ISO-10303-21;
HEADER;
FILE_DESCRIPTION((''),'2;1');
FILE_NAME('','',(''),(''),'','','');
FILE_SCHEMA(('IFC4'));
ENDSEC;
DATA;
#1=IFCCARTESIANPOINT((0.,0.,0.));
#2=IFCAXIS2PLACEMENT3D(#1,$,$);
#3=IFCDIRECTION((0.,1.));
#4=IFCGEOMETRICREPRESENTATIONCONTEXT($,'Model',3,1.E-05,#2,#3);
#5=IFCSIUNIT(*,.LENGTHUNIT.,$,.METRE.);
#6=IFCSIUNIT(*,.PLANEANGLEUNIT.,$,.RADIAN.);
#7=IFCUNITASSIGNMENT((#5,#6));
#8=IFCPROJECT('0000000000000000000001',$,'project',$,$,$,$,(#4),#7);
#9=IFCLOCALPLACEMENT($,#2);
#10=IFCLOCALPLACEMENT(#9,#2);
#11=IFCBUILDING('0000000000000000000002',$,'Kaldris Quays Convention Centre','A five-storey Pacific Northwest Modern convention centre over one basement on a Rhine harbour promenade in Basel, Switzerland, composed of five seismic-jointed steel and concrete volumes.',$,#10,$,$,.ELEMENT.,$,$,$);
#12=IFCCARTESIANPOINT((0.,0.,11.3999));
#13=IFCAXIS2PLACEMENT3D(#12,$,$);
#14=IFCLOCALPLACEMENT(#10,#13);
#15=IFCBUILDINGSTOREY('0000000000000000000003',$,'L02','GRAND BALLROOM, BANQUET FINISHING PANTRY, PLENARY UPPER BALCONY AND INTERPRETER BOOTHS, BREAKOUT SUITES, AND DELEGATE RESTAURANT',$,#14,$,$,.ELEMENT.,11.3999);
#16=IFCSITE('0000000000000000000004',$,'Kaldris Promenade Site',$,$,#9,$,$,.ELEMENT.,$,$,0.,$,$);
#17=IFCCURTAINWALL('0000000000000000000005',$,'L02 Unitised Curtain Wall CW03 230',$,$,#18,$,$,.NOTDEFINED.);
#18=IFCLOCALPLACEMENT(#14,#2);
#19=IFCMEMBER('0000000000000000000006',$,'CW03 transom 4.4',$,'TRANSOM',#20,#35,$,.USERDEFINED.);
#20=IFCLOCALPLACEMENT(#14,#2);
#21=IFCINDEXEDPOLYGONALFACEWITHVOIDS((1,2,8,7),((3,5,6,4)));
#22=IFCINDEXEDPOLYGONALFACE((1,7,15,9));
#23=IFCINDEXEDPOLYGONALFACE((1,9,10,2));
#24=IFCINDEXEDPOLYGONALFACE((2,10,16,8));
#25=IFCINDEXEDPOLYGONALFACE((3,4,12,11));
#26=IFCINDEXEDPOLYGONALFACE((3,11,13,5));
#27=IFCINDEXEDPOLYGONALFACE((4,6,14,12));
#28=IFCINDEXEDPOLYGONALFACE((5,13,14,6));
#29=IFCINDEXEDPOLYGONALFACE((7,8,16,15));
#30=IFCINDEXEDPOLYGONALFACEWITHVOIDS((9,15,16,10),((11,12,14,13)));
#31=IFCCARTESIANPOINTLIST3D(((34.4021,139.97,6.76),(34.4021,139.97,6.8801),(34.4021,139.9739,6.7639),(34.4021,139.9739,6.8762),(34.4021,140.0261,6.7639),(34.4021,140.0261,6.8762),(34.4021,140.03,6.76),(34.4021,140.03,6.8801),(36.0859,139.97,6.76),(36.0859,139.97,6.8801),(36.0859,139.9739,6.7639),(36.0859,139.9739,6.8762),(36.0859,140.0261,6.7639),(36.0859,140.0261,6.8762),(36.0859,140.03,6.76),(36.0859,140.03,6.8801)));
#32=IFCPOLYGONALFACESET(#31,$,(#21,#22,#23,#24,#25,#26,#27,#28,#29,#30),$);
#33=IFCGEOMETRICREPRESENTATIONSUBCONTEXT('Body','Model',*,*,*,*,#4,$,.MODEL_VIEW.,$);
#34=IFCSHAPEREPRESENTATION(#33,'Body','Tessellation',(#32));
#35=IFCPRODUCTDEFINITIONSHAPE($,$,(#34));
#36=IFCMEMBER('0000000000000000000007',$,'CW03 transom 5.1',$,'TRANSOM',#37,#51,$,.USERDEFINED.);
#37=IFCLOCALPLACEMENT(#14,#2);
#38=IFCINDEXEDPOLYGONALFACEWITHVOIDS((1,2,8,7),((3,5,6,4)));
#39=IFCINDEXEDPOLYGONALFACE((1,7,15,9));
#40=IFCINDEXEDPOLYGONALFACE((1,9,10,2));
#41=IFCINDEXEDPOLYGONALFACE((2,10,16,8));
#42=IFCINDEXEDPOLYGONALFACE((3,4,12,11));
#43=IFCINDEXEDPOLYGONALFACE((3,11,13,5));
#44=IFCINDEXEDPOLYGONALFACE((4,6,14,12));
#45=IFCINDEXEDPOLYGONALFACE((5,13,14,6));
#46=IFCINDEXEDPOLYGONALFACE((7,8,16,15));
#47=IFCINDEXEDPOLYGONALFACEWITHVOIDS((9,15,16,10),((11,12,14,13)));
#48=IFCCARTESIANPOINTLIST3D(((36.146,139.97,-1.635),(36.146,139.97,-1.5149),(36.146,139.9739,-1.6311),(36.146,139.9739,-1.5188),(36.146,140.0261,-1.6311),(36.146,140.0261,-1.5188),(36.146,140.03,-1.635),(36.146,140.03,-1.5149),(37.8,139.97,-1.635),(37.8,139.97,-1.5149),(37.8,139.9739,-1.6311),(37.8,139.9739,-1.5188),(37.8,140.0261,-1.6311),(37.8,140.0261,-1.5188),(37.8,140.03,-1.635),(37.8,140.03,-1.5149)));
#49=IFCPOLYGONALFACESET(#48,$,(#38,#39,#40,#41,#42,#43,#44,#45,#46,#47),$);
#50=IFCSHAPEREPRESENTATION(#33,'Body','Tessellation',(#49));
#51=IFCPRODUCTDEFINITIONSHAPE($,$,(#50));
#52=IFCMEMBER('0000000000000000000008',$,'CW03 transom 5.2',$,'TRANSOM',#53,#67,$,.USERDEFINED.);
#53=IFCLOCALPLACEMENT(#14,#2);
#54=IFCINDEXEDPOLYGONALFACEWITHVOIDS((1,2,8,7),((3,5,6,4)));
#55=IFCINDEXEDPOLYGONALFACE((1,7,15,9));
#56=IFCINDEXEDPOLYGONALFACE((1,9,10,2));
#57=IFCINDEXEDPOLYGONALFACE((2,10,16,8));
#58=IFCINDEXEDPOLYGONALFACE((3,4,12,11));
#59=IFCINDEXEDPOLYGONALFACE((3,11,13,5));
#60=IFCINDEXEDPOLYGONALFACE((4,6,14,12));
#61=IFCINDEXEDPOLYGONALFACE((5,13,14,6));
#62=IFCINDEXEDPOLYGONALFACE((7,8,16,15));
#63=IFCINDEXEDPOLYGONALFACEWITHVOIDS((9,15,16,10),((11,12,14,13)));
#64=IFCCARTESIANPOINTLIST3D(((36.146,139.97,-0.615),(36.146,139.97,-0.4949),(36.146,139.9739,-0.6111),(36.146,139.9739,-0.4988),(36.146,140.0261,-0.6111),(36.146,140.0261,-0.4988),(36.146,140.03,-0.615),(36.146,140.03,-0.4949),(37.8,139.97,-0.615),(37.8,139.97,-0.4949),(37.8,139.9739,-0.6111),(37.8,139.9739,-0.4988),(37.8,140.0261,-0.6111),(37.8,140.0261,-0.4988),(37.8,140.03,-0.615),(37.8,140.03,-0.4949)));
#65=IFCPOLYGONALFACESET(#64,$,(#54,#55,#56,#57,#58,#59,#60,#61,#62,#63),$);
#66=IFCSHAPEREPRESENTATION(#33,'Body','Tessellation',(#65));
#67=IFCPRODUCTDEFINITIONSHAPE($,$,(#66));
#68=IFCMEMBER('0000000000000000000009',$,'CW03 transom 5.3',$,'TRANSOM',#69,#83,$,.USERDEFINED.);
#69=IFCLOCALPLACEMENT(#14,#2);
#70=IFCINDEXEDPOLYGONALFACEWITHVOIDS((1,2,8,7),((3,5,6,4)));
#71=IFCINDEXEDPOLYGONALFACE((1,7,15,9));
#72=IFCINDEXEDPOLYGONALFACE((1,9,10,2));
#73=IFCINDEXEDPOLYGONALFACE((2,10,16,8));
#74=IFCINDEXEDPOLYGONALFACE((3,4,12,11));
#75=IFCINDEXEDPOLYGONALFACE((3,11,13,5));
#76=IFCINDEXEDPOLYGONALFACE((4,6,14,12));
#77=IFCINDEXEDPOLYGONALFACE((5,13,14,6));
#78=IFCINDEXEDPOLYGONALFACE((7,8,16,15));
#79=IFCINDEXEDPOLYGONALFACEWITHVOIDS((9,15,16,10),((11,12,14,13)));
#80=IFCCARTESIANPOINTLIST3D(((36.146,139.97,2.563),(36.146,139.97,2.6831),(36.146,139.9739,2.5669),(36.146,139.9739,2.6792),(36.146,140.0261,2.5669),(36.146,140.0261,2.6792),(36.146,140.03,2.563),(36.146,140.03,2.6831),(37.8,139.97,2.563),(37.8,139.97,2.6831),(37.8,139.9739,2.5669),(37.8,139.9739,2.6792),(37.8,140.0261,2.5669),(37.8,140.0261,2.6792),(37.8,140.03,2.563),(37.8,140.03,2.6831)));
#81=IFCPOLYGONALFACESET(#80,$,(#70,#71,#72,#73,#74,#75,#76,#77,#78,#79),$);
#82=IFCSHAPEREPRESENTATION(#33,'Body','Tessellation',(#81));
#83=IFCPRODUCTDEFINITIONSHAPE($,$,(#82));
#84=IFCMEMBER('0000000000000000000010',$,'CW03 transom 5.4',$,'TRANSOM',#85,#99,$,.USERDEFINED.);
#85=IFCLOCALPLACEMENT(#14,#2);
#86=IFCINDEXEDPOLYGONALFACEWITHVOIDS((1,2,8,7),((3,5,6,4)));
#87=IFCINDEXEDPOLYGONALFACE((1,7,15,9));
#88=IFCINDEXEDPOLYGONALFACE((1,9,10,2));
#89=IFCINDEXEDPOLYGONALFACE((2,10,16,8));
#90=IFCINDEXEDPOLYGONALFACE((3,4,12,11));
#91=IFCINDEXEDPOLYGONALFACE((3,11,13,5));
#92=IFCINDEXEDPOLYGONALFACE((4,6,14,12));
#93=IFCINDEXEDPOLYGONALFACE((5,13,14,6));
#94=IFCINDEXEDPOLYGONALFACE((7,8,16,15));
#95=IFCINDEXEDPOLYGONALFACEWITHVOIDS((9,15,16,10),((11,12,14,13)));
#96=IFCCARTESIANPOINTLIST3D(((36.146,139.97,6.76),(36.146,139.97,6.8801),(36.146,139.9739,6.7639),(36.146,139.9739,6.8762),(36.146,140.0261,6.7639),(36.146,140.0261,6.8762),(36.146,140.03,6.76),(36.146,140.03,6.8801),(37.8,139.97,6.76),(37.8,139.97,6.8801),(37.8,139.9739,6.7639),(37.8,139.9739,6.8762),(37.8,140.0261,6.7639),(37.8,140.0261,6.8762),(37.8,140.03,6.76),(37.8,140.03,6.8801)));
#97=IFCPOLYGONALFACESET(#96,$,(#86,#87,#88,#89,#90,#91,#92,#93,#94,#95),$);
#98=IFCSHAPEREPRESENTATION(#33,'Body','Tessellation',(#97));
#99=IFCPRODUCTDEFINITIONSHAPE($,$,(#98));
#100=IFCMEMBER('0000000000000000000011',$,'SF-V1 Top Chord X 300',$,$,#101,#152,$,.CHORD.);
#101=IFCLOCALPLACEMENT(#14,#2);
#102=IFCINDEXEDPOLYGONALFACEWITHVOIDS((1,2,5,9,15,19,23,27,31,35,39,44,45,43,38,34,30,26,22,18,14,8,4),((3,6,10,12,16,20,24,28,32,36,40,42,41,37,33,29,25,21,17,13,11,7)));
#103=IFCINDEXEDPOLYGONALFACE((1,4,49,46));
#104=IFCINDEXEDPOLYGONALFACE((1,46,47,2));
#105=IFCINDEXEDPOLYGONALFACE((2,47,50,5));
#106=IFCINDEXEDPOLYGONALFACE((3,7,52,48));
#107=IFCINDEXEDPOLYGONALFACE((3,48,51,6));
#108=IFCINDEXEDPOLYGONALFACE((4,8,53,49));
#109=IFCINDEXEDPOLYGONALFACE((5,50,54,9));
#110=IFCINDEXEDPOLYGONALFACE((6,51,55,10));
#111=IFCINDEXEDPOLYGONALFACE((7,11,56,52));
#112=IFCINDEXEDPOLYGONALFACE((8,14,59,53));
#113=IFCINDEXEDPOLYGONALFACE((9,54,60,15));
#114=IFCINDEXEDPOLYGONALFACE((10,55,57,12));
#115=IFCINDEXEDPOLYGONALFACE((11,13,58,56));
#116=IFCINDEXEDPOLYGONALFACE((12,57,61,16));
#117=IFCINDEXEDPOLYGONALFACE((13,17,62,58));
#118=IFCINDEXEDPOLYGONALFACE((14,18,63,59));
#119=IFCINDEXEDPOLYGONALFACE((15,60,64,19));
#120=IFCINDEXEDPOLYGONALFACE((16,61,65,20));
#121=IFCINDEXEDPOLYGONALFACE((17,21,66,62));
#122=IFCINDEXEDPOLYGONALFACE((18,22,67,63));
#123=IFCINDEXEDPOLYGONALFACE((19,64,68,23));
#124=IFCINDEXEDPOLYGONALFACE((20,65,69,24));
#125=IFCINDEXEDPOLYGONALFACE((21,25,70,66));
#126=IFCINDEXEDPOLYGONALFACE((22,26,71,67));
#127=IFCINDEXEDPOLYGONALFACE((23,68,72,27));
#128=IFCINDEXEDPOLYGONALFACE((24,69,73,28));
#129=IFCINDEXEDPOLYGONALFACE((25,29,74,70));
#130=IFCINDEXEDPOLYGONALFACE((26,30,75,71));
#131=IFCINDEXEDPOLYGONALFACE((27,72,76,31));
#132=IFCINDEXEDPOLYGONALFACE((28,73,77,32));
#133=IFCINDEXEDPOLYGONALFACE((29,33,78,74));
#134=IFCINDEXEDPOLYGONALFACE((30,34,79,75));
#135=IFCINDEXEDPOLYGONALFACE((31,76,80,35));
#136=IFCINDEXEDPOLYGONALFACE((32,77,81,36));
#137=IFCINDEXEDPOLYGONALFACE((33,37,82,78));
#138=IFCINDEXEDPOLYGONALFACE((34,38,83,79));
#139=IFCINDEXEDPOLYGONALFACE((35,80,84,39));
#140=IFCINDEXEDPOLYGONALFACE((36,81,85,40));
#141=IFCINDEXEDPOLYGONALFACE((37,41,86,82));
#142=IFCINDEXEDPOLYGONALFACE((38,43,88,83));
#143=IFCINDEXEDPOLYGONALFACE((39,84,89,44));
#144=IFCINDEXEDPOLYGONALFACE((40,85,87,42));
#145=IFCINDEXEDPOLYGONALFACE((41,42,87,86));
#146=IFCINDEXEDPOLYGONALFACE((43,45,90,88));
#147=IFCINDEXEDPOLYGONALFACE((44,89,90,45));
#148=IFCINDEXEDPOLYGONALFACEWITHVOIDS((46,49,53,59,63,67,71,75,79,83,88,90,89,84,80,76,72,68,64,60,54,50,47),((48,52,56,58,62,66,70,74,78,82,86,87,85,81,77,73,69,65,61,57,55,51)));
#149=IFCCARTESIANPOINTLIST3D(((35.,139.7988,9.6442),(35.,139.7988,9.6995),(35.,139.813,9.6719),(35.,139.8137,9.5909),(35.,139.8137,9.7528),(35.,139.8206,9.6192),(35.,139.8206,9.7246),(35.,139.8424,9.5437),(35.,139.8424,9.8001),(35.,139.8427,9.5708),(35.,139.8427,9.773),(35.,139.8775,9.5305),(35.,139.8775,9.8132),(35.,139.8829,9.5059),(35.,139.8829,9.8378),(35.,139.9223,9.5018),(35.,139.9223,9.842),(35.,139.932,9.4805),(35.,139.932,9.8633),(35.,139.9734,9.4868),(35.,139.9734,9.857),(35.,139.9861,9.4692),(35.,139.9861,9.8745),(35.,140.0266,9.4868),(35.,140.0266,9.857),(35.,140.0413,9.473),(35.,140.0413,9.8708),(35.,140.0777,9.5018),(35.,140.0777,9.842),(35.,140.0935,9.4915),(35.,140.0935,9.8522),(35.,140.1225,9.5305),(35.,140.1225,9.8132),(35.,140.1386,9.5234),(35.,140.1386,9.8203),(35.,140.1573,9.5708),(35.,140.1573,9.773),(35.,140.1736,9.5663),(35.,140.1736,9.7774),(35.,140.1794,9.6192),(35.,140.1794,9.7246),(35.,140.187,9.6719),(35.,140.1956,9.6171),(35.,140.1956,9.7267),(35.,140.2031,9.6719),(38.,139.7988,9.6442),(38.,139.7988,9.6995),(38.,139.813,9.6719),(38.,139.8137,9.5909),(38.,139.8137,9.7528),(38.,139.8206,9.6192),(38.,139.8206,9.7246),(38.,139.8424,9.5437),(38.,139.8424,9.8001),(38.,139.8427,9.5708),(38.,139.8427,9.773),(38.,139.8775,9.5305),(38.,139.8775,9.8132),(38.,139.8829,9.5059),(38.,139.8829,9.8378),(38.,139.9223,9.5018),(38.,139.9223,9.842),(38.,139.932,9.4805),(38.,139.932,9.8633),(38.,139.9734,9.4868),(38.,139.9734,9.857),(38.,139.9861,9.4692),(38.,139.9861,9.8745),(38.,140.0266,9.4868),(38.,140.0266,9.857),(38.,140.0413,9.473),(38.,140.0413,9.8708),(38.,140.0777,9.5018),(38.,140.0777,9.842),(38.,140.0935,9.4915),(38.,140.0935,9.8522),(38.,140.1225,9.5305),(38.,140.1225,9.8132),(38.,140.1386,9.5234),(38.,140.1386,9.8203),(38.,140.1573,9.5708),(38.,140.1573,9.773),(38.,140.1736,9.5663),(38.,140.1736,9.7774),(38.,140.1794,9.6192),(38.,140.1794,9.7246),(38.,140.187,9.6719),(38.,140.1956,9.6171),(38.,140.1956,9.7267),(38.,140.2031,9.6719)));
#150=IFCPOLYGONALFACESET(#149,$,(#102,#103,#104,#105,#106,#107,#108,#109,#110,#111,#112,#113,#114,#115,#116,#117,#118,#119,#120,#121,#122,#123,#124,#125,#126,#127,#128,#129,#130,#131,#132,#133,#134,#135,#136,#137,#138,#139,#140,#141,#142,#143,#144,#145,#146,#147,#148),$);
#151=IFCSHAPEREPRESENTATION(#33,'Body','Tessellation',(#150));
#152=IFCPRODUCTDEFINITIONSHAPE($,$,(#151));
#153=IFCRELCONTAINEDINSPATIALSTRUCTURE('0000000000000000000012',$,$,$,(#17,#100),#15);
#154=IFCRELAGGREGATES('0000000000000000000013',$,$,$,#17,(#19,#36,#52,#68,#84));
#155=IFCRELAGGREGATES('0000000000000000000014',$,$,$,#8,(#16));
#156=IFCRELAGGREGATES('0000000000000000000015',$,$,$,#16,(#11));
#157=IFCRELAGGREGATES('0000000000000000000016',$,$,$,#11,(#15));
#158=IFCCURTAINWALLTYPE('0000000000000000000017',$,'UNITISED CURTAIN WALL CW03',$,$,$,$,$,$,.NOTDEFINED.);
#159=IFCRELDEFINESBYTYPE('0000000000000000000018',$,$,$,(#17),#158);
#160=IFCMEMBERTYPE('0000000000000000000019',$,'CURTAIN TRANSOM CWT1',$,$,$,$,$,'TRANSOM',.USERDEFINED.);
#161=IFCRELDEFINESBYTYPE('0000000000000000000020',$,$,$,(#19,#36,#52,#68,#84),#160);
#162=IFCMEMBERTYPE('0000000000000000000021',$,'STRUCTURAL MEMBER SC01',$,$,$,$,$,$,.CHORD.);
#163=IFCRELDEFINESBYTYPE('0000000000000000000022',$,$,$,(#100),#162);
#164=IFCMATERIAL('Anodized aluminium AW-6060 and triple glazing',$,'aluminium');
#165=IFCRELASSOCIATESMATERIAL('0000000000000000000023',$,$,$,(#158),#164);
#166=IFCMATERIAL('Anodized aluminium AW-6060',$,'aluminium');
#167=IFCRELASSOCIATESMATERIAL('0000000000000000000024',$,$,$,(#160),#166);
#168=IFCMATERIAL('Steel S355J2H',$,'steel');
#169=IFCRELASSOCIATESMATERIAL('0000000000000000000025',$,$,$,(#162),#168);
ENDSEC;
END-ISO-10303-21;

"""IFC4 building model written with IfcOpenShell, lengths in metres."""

from ifc_helpers import new_model, si_unit, direction, frame, origin, origin_2d, place, context, subcontext, project, spatial, hollow_rectangle, hollow_circle, extrude, material, material_profile, profile_set, type_object, element, aggregate, save


model = new_model("IFC4")

# Units and contexts
model_context = context("Model", 3, precision=1e-05, world=origin(), true_north=direction((0.0, 1.0)))
body_context = subcontext(model_context, "Body", "Model", "MODEL_VIEW")
ifc_project = project(units=[si_unit("LENGTHUNIT", "METRE"), si_unit("PLANEANGLEUNIT", "RADIAN")], contexts=[model_context])

# Site, building, storey
site_placement = place(None, origin())
site = spatial("IfcSite", under=ifc_project, at=site_placement, Name="Kaldris Promenade Site", CompositionType="ELEMENT", RefElevation=0.0)
building_placement = place(site_placement, origin())
building = spatial("IfcBuilding", under=site, at=building_placement, Name="Kaldris Quays Convention Centre", Description="A five-storey Pacific Northwest Modern convention centre over one basement on a Rhine harbour promenade in Basel, Switzerland, composed of five seismic-jointed steel and concrete volumes.", CompositionType="ELEMENT")
storey_placement = place(building_placement, frame((0.0, 0.0, 11.3999)))
storey = spatial("IfcBuildingStorey", under=building, at=storey_placement, Name="L02", Description="GRAND BALLROOM, BANQUET FINISHING PANTRY, PLENARY UPPER BALCONY AND INTERPRETER BOOTHS, BREAKOUT SUITES, AND DELEGATE RESTAURANT", CompositionType="ELEMENT", Elevation=11.3999)

# Curtain wall, members
ifc_material_1 = material(Name="Anodized aluminium AW-6060 and triple glazing", Category="aluminium")
curtain_wall_type = type_object("IfcCurtainWallType", Name="UNITISED CURTAIN WALL CW03", PredefinedType="NOTDEFINED", material=ifc_material_1)
curtain_wall_placement = place(storey_placement, origin())
curtain_wall = element("IfcCurtainWall", 1, at=curtain_wall_placement, inside=storey, type_object=curtain_wall_type, Name="L02 Unitised Curtain Wall CW03 230", PredefinedType="NOTDEFINED")
ifc_material_2 = material(Name="Anodized aluminium AW-6060", Category="aluminium")
ifc_material_profile_1 = material_profile(ifc_material_2, hollow_rectangle(XDim=0.0601, YDim=0.1201, WallThickness=0.0039, at=origin_2d()), Name="RHS 120x60x4")
ifc_profile_set_1 = profile_set([ifc_material_profile_1], Name="Anodized aluminium AW-6060")
member_type_1 = type_object("IfcMemberType", Name="CURTAIN TRANSOM CWT1", ElementType="TRANSOM", PredefinedType="USERDEFINED", material=ifc_profile_set_1)
member_1_placement = place(storey_placement, frame((34.4021, 140.0, 6.8201), z_axis=(1.0, 0.0, 0.0), x_axis=(0.0, 1.0, 0.0)))
member_1 = element("IfcMember", 2, at=member_1_placement, type_object=member_type_1, Name="CW03 transom 4.4", ObjectType="TRANSOM", PredefinedType="USERDEFINED", context=body_context, shape_type="SweptSolid", body=[
    extrude(hollow_rectangle(XDim=0.0601, YDim=0.1201, WallThickness=0.0039, at=origin_2d()), origin(), (0.0, 0.0, 1.0), 1.6838),
])
member_2_placement = place(storey_placement, frame((36.146, 140.0, -1.575), z_axis=(1.0, 0.0, 0.0), x_axis=(0.0, 1.0, 0.0)))
member_2 = element("IfcMember", 3, at=member_2_placement, type_object=member_type_1, Name="CW03 transom 5.1", ObjectType="TRANSOM", PredefinedType="USERDEFINED", context=body_context, shape_type="SweptSolid", body=[
    extrude(hollow_rectangle(XDim=0.0601, YDim=0.1201, WallThickness=0.0039, at=origin_2d()), origin(), (0.0, 0.0, 1.0), 1.6541),
])
member_3_placement = place(storey_placement, frame((36.146, 140.0, -0.5549), z_axis=(1.0, 0.0, 0.0), x_axis=(0.0, 1.0, 0.0)))
member_3 = element("IfcMember", 4, at=member_3_placement, type_object=member_type_1, Name="CW03 transom 5.2", ObjectType="TRANSOM", PredefinedType="USERDEFINED", context=body_context, shape_type="SweptSolid", body=[
    extrude(hollow_rectangle(XDim=0.0601, YDim=0.1201, WallThickness=0.0039, at=origin_2d()), origin(), (0.0, 0.0, 1.0), 1.6541),
])
member_4_placement = place(storey_placement, frame((36.146, 140.0, 2.623), z_axis=(1.0, 0.0, 0.0), x_axis=(0.0, 1.0, 0.0)))
member_4 = element("IfcMember", 5, at=member_4_placement, type_object=member_type_1, Name="CW03 transom 5.3", ObjectType="TRANSOM", PredefinedType="USERDEFINED", context=body_context, shape_type="SweptSolid", body=[
    extrude(hollow_rectangle(XDim=0.0601, YDim=0.1201, WallThickness=0.0039, at=origin_2d()), origin(), (0.0, 0.0, 1.0), 1.6541),
])
member_5_placement = place(storey_placement, frame((36.146, 140.0, 6.8201), z_axis=(1.0, 0.0, 0.0), x_axis=(0.0, 1.0, 0.0)))
member_5 = element("IfcMember", 6, at=member_5_placement, type_object=member_type_1, Name="CW03 transom 5.4", ObjectType="TRANSOM", PredefinedType="USERDEFINED", context=body_context, shape_type="SweptSolid", body=[
    extrude(hollow_rectangle(XDim=0.0601, YDim=0.1201, WallThickness=0.0039, at=origin_2d()), origin(), (0.0, 0.0, 1.0), 1.6541),
])

# Member
ifc_material_3 = material(Name="Steel S355J2H", Category="steel")
ifc_material_profile_2 = material_profile(ifc_material_3, hollow_circle(Radius=0.2031, WallThickness=0.0161, at=origin_2d()), Name="CHS 406.4x16")
ifc_profile_set_2 = profile_set([ifc_material_profile_2], Name="Steel S355J2H")
member_type_2 = type_object("IfcMemberType", Name="STRUCTURAL MEMBER SC01", PredefinedType="CHORD", material=ifc_profile_set_2)
for number, where, z_axis, x_axis, name in (
    (7, (35.0, 140.0, 9.6719), (1.0, 0.0, 0.0), (0.0, 1.0, 0.0), "SF-V1 Top Chord X 300"),
):
    element("IfcMember", number, at=place(storey_placement, frame(where, z_axis=z_axis, x_axis=x_axis)), inside=storey, type_object=member_type_2, Name=name, PredefinedType="CHORD", context=body_context, shape_type="SweptSolid", body=[
        extrude(hollow_circle(Radius=0.2031, WallThickness=0.0161, at=origin_2d()), origin(), (0.0, 0.0, 1.0), 3.0),
    ])

aggregate(curtain_wall, [member_1, member_2, member_3, member_4, member_5])

save(model, "model.ifc")
